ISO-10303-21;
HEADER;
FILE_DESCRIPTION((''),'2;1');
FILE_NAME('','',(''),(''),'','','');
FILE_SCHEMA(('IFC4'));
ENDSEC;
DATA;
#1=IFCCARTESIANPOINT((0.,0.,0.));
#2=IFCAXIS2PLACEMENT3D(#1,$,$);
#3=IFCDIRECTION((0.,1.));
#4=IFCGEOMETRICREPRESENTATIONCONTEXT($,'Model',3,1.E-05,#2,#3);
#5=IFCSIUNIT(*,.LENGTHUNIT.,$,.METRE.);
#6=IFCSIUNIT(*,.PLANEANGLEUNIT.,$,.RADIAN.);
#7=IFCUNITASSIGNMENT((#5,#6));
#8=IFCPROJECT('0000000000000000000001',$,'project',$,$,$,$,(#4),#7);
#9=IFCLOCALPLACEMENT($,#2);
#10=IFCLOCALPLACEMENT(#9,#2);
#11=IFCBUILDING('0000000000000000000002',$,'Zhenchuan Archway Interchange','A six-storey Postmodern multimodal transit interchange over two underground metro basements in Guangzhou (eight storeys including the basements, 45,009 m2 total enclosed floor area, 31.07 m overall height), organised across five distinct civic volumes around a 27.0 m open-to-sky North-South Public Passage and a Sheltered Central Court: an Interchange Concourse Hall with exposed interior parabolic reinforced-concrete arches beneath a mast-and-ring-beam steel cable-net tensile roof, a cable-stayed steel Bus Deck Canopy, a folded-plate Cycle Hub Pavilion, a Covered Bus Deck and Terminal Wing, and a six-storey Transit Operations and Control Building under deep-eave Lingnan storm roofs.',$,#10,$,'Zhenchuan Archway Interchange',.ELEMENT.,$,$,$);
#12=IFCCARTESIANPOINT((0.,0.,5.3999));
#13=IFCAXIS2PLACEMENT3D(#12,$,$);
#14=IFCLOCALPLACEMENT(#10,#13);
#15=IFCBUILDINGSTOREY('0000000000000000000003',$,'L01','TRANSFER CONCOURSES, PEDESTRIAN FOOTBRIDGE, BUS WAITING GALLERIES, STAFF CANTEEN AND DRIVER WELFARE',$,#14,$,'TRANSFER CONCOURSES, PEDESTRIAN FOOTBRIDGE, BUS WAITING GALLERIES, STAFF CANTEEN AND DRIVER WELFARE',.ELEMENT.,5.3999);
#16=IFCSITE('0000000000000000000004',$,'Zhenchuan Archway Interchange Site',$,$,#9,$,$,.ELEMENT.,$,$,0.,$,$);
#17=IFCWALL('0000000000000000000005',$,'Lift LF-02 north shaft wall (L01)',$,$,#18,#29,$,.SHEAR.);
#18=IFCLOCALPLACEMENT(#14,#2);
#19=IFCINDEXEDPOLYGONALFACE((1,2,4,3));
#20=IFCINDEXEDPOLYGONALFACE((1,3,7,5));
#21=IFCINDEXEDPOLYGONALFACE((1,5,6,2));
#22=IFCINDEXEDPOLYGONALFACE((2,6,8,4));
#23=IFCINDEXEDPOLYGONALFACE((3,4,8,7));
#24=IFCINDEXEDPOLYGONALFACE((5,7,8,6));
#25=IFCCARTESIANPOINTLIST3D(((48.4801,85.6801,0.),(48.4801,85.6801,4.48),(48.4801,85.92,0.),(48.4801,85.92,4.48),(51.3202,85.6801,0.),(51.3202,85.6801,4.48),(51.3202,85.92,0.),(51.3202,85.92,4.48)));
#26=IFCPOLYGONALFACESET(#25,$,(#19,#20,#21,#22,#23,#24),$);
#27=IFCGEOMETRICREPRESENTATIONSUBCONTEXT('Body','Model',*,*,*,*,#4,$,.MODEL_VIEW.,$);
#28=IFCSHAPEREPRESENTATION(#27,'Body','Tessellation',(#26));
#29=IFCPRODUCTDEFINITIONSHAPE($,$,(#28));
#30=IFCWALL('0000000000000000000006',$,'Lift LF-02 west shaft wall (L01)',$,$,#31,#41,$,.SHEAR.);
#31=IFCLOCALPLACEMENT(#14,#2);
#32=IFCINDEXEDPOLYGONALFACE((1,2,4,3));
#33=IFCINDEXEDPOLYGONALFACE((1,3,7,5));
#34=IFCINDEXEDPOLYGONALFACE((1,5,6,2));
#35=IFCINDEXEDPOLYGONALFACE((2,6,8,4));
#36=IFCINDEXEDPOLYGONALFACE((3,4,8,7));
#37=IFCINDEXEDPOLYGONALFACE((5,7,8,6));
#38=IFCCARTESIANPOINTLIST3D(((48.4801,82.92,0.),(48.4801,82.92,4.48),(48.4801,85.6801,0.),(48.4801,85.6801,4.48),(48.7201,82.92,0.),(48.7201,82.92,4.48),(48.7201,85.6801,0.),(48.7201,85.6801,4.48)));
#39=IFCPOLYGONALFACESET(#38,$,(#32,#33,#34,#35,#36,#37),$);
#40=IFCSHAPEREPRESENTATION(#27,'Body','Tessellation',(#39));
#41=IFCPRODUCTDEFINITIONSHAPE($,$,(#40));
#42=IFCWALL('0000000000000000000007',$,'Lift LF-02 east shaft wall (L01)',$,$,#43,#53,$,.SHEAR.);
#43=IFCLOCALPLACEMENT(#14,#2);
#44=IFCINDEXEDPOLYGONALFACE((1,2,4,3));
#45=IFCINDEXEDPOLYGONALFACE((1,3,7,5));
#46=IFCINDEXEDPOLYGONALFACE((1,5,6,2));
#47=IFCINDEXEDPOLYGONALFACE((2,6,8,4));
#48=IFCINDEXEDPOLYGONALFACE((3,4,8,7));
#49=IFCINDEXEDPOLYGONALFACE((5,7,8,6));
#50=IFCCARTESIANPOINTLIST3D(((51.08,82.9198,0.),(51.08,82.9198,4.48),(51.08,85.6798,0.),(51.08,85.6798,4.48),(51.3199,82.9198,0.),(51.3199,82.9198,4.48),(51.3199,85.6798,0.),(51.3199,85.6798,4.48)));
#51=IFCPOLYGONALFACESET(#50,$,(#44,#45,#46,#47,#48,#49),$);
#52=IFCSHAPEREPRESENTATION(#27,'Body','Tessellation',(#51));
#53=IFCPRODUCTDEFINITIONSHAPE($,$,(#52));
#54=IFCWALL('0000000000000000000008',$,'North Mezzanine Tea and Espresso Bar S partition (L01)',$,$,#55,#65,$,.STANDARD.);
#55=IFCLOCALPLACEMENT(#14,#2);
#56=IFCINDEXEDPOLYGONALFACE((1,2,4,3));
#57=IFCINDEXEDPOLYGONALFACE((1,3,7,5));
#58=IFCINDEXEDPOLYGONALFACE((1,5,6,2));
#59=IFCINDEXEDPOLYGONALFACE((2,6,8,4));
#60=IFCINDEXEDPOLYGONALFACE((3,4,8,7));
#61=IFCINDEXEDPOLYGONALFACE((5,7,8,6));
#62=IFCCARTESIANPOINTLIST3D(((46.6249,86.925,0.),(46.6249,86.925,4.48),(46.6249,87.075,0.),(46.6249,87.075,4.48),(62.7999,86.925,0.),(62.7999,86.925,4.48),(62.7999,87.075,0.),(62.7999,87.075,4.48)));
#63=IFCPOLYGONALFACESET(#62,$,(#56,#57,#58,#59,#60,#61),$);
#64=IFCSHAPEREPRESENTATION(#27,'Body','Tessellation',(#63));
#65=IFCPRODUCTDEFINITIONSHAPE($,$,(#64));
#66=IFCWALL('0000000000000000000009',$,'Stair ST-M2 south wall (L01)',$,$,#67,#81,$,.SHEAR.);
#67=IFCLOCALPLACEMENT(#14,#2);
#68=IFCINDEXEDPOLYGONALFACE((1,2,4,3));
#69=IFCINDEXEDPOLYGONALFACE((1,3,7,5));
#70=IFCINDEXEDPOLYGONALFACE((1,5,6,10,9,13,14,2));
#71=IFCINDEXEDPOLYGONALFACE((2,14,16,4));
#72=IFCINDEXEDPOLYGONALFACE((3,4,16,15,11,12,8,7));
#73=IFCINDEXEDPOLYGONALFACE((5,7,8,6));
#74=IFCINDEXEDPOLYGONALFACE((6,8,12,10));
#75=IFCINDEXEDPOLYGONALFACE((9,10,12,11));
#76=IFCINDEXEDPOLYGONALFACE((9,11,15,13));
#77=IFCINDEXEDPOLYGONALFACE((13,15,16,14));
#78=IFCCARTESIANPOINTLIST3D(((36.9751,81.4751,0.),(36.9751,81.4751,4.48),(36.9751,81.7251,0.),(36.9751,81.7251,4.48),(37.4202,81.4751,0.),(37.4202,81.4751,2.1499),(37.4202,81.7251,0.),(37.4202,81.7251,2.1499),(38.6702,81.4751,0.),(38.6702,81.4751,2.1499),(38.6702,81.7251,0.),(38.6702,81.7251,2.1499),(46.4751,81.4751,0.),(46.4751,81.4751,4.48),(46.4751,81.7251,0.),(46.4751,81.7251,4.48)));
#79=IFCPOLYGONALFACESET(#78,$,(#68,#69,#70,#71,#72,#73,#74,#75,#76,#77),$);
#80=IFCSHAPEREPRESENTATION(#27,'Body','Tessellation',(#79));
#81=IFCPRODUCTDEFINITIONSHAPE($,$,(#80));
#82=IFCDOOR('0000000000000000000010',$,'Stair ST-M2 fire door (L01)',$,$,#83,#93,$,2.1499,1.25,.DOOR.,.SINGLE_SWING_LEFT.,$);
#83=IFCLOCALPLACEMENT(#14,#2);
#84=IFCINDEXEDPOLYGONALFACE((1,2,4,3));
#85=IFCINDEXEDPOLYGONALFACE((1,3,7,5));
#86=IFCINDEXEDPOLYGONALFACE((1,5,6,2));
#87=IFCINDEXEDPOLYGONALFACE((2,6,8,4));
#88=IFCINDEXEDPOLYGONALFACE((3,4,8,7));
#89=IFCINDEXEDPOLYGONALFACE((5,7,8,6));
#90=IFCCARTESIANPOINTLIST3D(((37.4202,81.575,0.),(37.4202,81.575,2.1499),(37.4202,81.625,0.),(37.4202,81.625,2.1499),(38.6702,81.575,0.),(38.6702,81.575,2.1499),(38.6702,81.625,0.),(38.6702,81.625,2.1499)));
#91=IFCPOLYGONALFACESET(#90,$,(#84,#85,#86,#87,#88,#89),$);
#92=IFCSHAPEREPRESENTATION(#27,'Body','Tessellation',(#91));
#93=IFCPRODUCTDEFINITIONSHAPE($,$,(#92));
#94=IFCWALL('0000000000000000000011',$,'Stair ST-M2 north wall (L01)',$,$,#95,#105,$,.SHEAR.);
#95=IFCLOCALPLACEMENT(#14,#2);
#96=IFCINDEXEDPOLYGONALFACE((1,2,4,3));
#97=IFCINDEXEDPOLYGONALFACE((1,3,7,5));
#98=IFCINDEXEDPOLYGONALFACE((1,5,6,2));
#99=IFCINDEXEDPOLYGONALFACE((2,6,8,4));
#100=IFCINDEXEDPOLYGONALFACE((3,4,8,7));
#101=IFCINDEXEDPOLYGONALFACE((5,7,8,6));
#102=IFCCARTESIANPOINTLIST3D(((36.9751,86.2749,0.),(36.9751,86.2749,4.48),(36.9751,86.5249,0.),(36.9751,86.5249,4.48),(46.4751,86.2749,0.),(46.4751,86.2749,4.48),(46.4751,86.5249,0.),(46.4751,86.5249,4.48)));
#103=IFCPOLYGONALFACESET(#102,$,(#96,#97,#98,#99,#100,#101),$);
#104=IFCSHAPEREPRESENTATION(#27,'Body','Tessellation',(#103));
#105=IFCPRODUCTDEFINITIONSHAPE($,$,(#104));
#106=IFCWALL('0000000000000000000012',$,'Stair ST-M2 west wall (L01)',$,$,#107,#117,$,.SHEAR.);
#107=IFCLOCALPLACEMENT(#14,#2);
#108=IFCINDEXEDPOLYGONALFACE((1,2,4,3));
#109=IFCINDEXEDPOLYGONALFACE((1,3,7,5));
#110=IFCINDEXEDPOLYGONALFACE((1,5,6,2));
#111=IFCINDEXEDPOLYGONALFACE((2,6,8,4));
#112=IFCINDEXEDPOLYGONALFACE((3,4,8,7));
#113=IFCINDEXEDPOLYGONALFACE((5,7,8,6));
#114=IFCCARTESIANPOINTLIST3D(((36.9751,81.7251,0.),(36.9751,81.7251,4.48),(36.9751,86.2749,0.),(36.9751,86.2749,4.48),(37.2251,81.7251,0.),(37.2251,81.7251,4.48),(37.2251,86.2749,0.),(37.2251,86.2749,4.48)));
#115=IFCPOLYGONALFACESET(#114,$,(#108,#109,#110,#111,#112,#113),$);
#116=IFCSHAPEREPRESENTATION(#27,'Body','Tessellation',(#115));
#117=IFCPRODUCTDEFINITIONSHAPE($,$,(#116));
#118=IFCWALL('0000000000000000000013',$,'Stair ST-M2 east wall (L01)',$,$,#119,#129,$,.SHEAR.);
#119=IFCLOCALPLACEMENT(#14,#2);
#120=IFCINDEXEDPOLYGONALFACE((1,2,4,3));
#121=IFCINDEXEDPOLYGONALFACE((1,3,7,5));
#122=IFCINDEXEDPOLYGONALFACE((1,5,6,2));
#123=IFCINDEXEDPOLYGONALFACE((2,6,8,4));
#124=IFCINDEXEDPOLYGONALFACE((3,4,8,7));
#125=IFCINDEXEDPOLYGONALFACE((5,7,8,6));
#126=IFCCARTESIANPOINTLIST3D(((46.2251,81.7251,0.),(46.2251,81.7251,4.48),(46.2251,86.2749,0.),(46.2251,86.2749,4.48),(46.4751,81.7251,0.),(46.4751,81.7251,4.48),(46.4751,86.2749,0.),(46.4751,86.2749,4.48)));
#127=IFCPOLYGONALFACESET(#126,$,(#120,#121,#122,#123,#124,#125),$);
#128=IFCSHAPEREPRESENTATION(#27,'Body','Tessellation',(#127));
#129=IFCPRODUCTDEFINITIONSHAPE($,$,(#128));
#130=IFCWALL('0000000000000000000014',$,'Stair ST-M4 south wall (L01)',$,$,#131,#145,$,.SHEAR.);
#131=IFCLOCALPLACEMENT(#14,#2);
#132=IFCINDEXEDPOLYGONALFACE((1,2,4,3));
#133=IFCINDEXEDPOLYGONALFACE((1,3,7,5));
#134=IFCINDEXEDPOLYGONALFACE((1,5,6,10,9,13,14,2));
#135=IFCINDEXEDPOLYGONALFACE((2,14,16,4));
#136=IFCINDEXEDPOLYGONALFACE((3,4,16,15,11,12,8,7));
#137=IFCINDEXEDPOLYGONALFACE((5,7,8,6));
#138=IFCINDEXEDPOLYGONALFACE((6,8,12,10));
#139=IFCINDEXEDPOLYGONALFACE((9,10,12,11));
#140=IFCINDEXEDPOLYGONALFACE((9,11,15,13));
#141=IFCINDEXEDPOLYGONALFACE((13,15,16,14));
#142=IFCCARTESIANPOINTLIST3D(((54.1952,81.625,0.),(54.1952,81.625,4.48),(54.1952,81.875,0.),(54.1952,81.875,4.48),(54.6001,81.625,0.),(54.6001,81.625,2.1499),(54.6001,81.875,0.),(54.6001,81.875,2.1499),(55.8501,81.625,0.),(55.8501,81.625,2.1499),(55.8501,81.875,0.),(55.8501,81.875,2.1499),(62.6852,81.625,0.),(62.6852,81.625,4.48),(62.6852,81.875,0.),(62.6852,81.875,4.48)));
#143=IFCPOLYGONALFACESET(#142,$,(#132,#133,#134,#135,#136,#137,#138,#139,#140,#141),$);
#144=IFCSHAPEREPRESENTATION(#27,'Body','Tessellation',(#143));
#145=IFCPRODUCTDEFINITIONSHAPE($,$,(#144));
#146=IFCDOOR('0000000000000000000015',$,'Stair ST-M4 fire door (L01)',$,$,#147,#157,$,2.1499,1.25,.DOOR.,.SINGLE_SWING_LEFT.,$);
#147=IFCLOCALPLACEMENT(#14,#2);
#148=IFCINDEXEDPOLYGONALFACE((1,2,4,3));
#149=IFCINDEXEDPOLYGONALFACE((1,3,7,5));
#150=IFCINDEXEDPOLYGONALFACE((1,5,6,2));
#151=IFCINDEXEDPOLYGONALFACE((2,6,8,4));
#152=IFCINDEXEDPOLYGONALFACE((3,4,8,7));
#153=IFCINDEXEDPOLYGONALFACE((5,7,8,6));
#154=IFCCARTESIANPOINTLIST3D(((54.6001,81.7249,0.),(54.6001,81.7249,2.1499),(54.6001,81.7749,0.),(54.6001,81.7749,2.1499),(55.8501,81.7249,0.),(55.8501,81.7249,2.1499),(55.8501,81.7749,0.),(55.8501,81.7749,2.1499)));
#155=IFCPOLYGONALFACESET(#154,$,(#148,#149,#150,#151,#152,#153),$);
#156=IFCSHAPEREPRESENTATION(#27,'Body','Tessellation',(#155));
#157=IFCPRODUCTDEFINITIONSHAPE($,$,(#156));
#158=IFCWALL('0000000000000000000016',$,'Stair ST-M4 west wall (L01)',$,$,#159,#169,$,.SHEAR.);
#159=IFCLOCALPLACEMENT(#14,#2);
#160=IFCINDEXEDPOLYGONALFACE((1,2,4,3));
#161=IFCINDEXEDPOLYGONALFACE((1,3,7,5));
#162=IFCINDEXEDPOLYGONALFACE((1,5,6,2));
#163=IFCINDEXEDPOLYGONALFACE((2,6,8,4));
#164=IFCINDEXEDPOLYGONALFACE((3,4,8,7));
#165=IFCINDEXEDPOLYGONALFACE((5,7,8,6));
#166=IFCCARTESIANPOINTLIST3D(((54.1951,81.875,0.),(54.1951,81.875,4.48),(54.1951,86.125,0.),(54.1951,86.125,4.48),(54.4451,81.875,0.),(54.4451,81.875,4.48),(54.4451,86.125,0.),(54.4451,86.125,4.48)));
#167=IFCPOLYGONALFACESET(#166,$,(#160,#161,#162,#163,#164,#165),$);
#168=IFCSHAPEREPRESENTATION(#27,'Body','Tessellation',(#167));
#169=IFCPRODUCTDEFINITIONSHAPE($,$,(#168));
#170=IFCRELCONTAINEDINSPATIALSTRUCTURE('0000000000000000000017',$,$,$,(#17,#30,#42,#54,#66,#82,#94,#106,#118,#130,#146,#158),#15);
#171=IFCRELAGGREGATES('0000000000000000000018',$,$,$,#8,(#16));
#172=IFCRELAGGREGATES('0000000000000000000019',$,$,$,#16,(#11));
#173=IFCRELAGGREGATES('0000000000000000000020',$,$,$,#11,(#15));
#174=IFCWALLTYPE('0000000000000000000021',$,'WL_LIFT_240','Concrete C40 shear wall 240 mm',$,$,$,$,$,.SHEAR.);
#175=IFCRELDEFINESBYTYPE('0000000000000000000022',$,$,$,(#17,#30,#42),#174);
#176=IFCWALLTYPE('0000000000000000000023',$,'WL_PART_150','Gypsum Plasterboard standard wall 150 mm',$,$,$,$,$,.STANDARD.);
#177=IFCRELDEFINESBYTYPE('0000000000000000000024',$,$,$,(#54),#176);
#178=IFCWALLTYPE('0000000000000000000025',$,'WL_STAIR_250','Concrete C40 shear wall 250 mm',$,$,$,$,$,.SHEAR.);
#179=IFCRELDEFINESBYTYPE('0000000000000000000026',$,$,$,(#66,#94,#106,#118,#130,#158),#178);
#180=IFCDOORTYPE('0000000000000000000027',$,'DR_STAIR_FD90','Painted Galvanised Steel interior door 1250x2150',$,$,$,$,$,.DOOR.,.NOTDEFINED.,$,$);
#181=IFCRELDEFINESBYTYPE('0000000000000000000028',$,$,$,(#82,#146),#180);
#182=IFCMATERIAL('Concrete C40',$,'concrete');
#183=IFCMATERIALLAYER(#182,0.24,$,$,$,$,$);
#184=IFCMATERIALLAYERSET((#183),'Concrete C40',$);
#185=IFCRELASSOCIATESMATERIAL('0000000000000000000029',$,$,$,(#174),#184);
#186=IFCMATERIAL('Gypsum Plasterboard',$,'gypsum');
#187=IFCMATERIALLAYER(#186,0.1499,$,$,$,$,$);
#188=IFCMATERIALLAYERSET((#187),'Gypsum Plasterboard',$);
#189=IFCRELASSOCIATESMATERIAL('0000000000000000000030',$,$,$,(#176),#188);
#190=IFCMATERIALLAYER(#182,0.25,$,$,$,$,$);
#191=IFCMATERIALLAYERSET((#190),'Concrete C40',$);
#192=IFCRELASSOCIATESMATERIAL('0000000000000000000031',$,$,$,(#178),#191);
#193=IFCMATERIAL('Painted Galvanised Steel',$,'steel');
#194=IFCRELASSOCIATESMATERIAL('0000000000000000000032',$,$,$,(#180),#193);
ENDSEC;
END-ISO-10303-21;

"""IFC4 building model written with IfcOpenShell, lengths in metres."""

from ifc_helpers import new_model, si_unit, direction, frame, frame_2d, origin, place, context, subcontext, project, spatial, rectangle, extrude, material, layer, layer_set, type_object, element, fill, save


model = new_model("IFC4")

# Units and contexts
model_context = context("Model", 3, precision=1e-05, world=origin(), true_north=direction((0.0, 1.0)))
body_context = subcontext(model_context, "Body", "Model", "MODEL_VIEW")
ifc_project = project(units=[si_unit("LENGTHUNIT", "METRE"), si_unit("PLANEANGLEUNIT", "RADIAN")], contexts=[model_context])

# Site, building, storey
site_placement = place(None, origin())
site = spatial("IfcSite", under=ifc_project, at=site_placement, Name="Zhenchuan Archway Interchange Site", CompositionType="ELEMENT", RefElevation=0.0)
building_placement = place(site_placement, origin())
building = spatial("IfcBuilding", under=site, at=building_placement, Name="Zhenchuan Archway Interchange", Description="A six-storey Postmodern multimodal transit interchange over two underground metro basements in Guangzhou (eight storeys including the basements, 45,009 m2 total enclosed floor area, 31.07 m overall height), organised across five distinct civic volumes around a 27.0 m open-to-sky North-South Public Passage and a Sheltered Central Court: an Interchange Concourse Hall with exposed interior parabolic reinforced-concrete arches beneath a mast-and-ring-beam steel cable-net tensile roof, a cable-stayed steel Bus Deck Canopy, a folded-plate Cycle Hub Pavilion, a Covered Bus Deck and Terminal Wing, and a six-storey Transit Operations and Control Building under deep-eave Lingnan storm roofs.", LongName="Zhenchuan Archway Interchange", CompositionType="ELEMENT")
storey_placement = place(building_placement, frame((0.0, 0.0, 5.3999)))
storey = spatial("IfcBuildingStorey", under=building, at=storey_placement, Name="L01", Description="TRANSFER CONCOURSES, PEDESTRIAN FOOTBRIDGE, BUS WAITING GALLERIES, STAFF CANTEEN AND DRIVER WELFARE", LongName="TRANSFER CONCOURSES, PEDESTRIAN FOOTBRIDGE, BUS WAITING GALLERIES, STAFF CANTEEN AND DRIVER WELFARE", CompositionType="ELEMENT", Elevation=5.3999)

# Shared definitions
ifc_material_1 = material(Name="Concrete C40", Category="concrete")

# Shared definitions
ifc_layer_1 = layer(ifc_material_1, 0.24)
ifc_layer_set_1 = layer_set([ifc_layer_1], Name="Concrete C40")
wall_type_1 = type_object("IfcWallType", Name="WL_LIFT_240", Description="Concrete C40 shear wall 240 mm", PredefinedType="SHEAR", material=ifc_layer_set_1)

# Walls
wall_1_placement = place(storey_placement, frame((51.3201, 85.8, 0.0), z_axis=(0.0, 0.0, 1.0), x_axis=(-1.0, 0.0, 0.0)))
element("IfcWall", 1, at=wall_1_placement, inside=storey, type_object=wall_type_1, Name="Lift LF-02 north shaft wall (L01)", PredefinedType="SHEAR", context=body_context, shape_type="SweptSolid", body=[
    extrude(rectangle(XDim=2.8401, YDim=0.24, at=frame_2d((1.4199, 0.0))), origin(), (0.0, 0.0, 1.0), 4.48),
])
for number, where, z_axis, x_axis, name in (
    (2, (48.6001, 85.6799, 0.0), (0.0, 0.0, 1.0), (0.0, -1.0, 0.0), "Lift LF-02 west shaft wall (L01)"),
    (3, (51.2, 82.9199, 0.0), (0.0, 0.0, 1.0), (0.0, 1.0, 0.0), "Lift LF-02 east shaft wall (L01)"),
):
    element("IfcWall", number, at=place(storey_placement, frame(where, z_axis=z_axis, x_axis=x_axis)), inside=storey, type_object=wall_type_1, Name=name, PredefinedType="SHEAR", context=body_context, shape_type="SweptSolid", body=[
        extrude(rectangle(XDim=2.76, YDim=0.24, at=frame_2d((1.3799, 0.0))), origin(), (0.0, 0.0, 1.0), 4.48),
    ])
ifc_material_2 = material(Name="Gypsum Plasterboard", Category="gypsum")
ifc_layer_2 = layer(ifc_material_2, 0.1499)
ifc_layer_set_2 = layer_set([ifc_layer_2], Name="Gypsum Plasterboard")
wall_type_2 = type_object("IfcWallType", Name="WL_PART_150", Description="Gypsum Plasterboard standard wall 150 mm", PredefinedType="STANDARD", material=ifc_layer_set_2)
wall_2_placement = place(storey_placement, frame((46.625, 87.0, 0.0), z_axis=(0.0, 0.0, 1.0), x_axis=(1.0, 0.0, 0.0)))
element("IfcWall", 4, at=wall_2_placement, inside=storey, type_object=wall_type_2, Name="North Mezzanine Tea and Espresso Bar S partition (L01)", PredefinedType="STANDARD", context=body_context, shape_type="SweptSolid", body=[
    extrude(rectangle(XDim=16.175, YDim=0.1499, at=frame_2d((8.0874, 0.0))), origin(), (0.0, 0.0, 1.0), 4.48),
])

# Wall, opening, door
ifc_layer_3 = layer(ifc_material_1, 0.25)
ifc_layer_set_3 = layer_set([ifc_layer_3], Name="Concrete C40")
wall_type_3 = type_object("IfcWallType", Name="WL_STAIR_250", Description="Concrete C40 shear wall 250 mm", PredefinedType="SHEAR", material=ifc_layer_set_3)
wall_3_placement = place(storey_placement, frame((36.9751, 81.6001, 0.0), z_axis=(0.0, 0.0, 1.0), x_axis=(1.0, 0.0, 0.0)))
wall_3 = element("IfcWall", 5, at=wall_3_placement, inside=storey, type_object=wall_type_3, Name="Stair ST-M2 south wall (L01)", PredefinedType="SHEAR", context=body_context, shape_type="SweptSolid", body=[
    extrude(rectangle(XDim=9.5, YDim=0.25, at=frame_2d((4.75, 0.0))), origin(), (0.0, 0.0, 1.0), 4.48),
])
opening_1_placement = place(wall_3_placement, frame((0.4451, 0.0, 0.0)))
opening_1 = element("IfcOpeningElement", 6, at=opening_1_placement, cuts=wall_3, PredefinedType="OPENING", context=body_context, shape_type="SweptSolid", body=[
    extrude(rectangle(XDim=1.25, YDim=2.1499, at=frame_2d((0.625, 1.075))), frame((0.0, 0.137, 0.0), z_axis=(0.0, -1.0, 0.0), x_axis=(1.0, 0.0, 0.0)), (0.0, 0.0, 1.0), 0.2739),
])
ifc_material_3 = material(Name="Painted Galvanised Steel", Category="steel")
door_type_1 = type_object("IfcDoorType", Name="DR_STAIR_FD90", Description="Painted Galvanised Steel interior door 1250x2150", OperationType="NOTDEFINED", PredefinedType="DOOR", material=ifc_material_3)
door_1_placement = place(opening_1_placement, origin())
door_1 = element("IfcDoor", 7, at=door_1_placement, inside=storey, type_object=door_type_1, Name="Stair ST-M2 fire door (L01)", OperationType="SINGLE_SWING_LEFT", OverallHeight=2.1499, OverallWidth=1.25, PredefinedType="DOOR", context=body_context, shape_type="SweptSolid", body=[
    extrude(rectangle(XDim=1.25, YDim=2.1499, at=frame_2d((0.625, 1.075))), frame((0.0, 0.0249, 0.0), z_axis=(0.0, -1.0, 0.0), x_axis=(1.0, 0.0, 0.0)), (0.0, 0.0, 1.0), 0.05),
])
fill(opening_1, door_1)

# Walls
wall_4_placement = place(storey_placement, frame((46.4751, 86.3999, 0.0), z_axis=(0.0, 0.0, 1.0), x_axis=(-1.0, 0.0, 0.0)))
element("IfcWall", 8, at=wall_4_placement, inside=storey, type_object=wall_type_3, Name="Stair ST-M2 north wall (L01)", PredefinedType="SHEAR", context=body_context, shape_type="SweptSolid", body=[
    extrude(rectangle(XDim=9.5, YDim=0.25, at=frame_2d((4.75, 0.0))), origin(), (0.0, 0.0, 1.0), 4.48),
])
for number, where, z_axis, x_axis, name in (
    (9, (37.1001, 86.2749, 0.0), (0.0, 0.0, 1.0), (0.0, -1.0, 0.0), "Stair ST-M2 west wall (L01)"),
    (10, (46.3501, 81.7251, 0.0), (0.0, 0.0, 1.0), (0.0, 1.0, 0.0), "Stair ST-M2 east wall (L01)"),
):
    element("IfcWall", number, at=place(storey_placement, frame(where, z_axis=z_axis, x_axis=x_axis)), inside=storey, type_object=wall_type_3, Name=name, PredefinedType="SHEAR", context=body_context, shape_type="SweptSolid", body=[
        extrude(rectangle(XDim=4.5498, YDim=0.25, at=frame_2d((2.2749, 0.0))), origin(), (0.0, 0.0, 1.0), 4.48),
    ])

# Wall, opening, door
wall_5_placement = place(storey_placement, frame((54.1951, 81.75, 0.0), z_axis=(0.0, 0.0, 1.0), x_axis=(1.0, 0.0, 0.0)))
wall_5 = element("IfcWall", 11, at=wall_5_placement, inside=storey, type_object=wall_type_3, Name="Stair ST-M4 south wall (L01)", PredefinedType="SHEAR", context=body_context, shape_type="SweptSolid", body=[
    extrude(rectangle(XDim=8.49, YDim=0.25, at=frame_2d((4.2451, 0.0))), origin(), (0.0, 0.0, 1.0), 4.48),
])
opening_2_placement = place(wall_5_placement, frame((0.405, 0.0, 0.0)))
opening_2 = element("IfcOpeningElement", 12, at=opening_2_placement, cuts=wall_5, PredefinedType="OPENING", context=body_context, shape_type="SweptSolid", body=[
    extrude(rectangle(XDim=1.25, YDim=2.1499, at=frame_2d((0.625, 1.075))), frame((0.0, 0.137, 0.0), z_axis=(0.0, -1.0, 0.0), x_axis=(1.0, 0.0, 0.0)), (0.0, 0.0, 1.0), 0.2739),
])
door_2_placement = place(opening_2_placement, origin())
door_2 = element("IfcDoor", 13, at=door_2_placement, inside=storey, type_object=door_type_1, Name="Stair ST-M4 fire door (L01)", OperationType="SINGLE_SWING_LEFT", OverallHeight=2.1499, OverallWidth=1.25, PredefinedType="DOOR", context=body_context, shape_type="SweptSolid", body=[
    extrude(rectangle(XDim=1.25, YDim=2.1499, at=frame_2d((0.625, 1.075))), frame((0.0, 0.0249, 0.0), z_axis=(0.0, -1.0, 0.0), x_axis=(1.0, 0.0, 0.0)), (0.0, 0.0, 1.0), 0.05),
])
fill(opening_2, door_2)

# Wall
wall_6_placement = place(storey_placement, frame((54.3201, 86.125, 0.0), z_axis=(0.0, 0.0, 1.0), x_axis=(0.0, -1.0, 0.0)))
element("IfcWall", 14, at=wall_6_placement, inside=storey, type_object=wall_type_3, Name="Stair ST-M4 west wall (L01)", PredefinedType="SHEAR", context=body_context, shape_type="SweptSolid", body=[
    extrude(rectangle(XDim=4.25, YDim=0.25, at=frame_2d((2.125, 0.0))), origin(), (0.0, 0.0, 1.0), 4.48),
])

save(model, "model.ifc")
